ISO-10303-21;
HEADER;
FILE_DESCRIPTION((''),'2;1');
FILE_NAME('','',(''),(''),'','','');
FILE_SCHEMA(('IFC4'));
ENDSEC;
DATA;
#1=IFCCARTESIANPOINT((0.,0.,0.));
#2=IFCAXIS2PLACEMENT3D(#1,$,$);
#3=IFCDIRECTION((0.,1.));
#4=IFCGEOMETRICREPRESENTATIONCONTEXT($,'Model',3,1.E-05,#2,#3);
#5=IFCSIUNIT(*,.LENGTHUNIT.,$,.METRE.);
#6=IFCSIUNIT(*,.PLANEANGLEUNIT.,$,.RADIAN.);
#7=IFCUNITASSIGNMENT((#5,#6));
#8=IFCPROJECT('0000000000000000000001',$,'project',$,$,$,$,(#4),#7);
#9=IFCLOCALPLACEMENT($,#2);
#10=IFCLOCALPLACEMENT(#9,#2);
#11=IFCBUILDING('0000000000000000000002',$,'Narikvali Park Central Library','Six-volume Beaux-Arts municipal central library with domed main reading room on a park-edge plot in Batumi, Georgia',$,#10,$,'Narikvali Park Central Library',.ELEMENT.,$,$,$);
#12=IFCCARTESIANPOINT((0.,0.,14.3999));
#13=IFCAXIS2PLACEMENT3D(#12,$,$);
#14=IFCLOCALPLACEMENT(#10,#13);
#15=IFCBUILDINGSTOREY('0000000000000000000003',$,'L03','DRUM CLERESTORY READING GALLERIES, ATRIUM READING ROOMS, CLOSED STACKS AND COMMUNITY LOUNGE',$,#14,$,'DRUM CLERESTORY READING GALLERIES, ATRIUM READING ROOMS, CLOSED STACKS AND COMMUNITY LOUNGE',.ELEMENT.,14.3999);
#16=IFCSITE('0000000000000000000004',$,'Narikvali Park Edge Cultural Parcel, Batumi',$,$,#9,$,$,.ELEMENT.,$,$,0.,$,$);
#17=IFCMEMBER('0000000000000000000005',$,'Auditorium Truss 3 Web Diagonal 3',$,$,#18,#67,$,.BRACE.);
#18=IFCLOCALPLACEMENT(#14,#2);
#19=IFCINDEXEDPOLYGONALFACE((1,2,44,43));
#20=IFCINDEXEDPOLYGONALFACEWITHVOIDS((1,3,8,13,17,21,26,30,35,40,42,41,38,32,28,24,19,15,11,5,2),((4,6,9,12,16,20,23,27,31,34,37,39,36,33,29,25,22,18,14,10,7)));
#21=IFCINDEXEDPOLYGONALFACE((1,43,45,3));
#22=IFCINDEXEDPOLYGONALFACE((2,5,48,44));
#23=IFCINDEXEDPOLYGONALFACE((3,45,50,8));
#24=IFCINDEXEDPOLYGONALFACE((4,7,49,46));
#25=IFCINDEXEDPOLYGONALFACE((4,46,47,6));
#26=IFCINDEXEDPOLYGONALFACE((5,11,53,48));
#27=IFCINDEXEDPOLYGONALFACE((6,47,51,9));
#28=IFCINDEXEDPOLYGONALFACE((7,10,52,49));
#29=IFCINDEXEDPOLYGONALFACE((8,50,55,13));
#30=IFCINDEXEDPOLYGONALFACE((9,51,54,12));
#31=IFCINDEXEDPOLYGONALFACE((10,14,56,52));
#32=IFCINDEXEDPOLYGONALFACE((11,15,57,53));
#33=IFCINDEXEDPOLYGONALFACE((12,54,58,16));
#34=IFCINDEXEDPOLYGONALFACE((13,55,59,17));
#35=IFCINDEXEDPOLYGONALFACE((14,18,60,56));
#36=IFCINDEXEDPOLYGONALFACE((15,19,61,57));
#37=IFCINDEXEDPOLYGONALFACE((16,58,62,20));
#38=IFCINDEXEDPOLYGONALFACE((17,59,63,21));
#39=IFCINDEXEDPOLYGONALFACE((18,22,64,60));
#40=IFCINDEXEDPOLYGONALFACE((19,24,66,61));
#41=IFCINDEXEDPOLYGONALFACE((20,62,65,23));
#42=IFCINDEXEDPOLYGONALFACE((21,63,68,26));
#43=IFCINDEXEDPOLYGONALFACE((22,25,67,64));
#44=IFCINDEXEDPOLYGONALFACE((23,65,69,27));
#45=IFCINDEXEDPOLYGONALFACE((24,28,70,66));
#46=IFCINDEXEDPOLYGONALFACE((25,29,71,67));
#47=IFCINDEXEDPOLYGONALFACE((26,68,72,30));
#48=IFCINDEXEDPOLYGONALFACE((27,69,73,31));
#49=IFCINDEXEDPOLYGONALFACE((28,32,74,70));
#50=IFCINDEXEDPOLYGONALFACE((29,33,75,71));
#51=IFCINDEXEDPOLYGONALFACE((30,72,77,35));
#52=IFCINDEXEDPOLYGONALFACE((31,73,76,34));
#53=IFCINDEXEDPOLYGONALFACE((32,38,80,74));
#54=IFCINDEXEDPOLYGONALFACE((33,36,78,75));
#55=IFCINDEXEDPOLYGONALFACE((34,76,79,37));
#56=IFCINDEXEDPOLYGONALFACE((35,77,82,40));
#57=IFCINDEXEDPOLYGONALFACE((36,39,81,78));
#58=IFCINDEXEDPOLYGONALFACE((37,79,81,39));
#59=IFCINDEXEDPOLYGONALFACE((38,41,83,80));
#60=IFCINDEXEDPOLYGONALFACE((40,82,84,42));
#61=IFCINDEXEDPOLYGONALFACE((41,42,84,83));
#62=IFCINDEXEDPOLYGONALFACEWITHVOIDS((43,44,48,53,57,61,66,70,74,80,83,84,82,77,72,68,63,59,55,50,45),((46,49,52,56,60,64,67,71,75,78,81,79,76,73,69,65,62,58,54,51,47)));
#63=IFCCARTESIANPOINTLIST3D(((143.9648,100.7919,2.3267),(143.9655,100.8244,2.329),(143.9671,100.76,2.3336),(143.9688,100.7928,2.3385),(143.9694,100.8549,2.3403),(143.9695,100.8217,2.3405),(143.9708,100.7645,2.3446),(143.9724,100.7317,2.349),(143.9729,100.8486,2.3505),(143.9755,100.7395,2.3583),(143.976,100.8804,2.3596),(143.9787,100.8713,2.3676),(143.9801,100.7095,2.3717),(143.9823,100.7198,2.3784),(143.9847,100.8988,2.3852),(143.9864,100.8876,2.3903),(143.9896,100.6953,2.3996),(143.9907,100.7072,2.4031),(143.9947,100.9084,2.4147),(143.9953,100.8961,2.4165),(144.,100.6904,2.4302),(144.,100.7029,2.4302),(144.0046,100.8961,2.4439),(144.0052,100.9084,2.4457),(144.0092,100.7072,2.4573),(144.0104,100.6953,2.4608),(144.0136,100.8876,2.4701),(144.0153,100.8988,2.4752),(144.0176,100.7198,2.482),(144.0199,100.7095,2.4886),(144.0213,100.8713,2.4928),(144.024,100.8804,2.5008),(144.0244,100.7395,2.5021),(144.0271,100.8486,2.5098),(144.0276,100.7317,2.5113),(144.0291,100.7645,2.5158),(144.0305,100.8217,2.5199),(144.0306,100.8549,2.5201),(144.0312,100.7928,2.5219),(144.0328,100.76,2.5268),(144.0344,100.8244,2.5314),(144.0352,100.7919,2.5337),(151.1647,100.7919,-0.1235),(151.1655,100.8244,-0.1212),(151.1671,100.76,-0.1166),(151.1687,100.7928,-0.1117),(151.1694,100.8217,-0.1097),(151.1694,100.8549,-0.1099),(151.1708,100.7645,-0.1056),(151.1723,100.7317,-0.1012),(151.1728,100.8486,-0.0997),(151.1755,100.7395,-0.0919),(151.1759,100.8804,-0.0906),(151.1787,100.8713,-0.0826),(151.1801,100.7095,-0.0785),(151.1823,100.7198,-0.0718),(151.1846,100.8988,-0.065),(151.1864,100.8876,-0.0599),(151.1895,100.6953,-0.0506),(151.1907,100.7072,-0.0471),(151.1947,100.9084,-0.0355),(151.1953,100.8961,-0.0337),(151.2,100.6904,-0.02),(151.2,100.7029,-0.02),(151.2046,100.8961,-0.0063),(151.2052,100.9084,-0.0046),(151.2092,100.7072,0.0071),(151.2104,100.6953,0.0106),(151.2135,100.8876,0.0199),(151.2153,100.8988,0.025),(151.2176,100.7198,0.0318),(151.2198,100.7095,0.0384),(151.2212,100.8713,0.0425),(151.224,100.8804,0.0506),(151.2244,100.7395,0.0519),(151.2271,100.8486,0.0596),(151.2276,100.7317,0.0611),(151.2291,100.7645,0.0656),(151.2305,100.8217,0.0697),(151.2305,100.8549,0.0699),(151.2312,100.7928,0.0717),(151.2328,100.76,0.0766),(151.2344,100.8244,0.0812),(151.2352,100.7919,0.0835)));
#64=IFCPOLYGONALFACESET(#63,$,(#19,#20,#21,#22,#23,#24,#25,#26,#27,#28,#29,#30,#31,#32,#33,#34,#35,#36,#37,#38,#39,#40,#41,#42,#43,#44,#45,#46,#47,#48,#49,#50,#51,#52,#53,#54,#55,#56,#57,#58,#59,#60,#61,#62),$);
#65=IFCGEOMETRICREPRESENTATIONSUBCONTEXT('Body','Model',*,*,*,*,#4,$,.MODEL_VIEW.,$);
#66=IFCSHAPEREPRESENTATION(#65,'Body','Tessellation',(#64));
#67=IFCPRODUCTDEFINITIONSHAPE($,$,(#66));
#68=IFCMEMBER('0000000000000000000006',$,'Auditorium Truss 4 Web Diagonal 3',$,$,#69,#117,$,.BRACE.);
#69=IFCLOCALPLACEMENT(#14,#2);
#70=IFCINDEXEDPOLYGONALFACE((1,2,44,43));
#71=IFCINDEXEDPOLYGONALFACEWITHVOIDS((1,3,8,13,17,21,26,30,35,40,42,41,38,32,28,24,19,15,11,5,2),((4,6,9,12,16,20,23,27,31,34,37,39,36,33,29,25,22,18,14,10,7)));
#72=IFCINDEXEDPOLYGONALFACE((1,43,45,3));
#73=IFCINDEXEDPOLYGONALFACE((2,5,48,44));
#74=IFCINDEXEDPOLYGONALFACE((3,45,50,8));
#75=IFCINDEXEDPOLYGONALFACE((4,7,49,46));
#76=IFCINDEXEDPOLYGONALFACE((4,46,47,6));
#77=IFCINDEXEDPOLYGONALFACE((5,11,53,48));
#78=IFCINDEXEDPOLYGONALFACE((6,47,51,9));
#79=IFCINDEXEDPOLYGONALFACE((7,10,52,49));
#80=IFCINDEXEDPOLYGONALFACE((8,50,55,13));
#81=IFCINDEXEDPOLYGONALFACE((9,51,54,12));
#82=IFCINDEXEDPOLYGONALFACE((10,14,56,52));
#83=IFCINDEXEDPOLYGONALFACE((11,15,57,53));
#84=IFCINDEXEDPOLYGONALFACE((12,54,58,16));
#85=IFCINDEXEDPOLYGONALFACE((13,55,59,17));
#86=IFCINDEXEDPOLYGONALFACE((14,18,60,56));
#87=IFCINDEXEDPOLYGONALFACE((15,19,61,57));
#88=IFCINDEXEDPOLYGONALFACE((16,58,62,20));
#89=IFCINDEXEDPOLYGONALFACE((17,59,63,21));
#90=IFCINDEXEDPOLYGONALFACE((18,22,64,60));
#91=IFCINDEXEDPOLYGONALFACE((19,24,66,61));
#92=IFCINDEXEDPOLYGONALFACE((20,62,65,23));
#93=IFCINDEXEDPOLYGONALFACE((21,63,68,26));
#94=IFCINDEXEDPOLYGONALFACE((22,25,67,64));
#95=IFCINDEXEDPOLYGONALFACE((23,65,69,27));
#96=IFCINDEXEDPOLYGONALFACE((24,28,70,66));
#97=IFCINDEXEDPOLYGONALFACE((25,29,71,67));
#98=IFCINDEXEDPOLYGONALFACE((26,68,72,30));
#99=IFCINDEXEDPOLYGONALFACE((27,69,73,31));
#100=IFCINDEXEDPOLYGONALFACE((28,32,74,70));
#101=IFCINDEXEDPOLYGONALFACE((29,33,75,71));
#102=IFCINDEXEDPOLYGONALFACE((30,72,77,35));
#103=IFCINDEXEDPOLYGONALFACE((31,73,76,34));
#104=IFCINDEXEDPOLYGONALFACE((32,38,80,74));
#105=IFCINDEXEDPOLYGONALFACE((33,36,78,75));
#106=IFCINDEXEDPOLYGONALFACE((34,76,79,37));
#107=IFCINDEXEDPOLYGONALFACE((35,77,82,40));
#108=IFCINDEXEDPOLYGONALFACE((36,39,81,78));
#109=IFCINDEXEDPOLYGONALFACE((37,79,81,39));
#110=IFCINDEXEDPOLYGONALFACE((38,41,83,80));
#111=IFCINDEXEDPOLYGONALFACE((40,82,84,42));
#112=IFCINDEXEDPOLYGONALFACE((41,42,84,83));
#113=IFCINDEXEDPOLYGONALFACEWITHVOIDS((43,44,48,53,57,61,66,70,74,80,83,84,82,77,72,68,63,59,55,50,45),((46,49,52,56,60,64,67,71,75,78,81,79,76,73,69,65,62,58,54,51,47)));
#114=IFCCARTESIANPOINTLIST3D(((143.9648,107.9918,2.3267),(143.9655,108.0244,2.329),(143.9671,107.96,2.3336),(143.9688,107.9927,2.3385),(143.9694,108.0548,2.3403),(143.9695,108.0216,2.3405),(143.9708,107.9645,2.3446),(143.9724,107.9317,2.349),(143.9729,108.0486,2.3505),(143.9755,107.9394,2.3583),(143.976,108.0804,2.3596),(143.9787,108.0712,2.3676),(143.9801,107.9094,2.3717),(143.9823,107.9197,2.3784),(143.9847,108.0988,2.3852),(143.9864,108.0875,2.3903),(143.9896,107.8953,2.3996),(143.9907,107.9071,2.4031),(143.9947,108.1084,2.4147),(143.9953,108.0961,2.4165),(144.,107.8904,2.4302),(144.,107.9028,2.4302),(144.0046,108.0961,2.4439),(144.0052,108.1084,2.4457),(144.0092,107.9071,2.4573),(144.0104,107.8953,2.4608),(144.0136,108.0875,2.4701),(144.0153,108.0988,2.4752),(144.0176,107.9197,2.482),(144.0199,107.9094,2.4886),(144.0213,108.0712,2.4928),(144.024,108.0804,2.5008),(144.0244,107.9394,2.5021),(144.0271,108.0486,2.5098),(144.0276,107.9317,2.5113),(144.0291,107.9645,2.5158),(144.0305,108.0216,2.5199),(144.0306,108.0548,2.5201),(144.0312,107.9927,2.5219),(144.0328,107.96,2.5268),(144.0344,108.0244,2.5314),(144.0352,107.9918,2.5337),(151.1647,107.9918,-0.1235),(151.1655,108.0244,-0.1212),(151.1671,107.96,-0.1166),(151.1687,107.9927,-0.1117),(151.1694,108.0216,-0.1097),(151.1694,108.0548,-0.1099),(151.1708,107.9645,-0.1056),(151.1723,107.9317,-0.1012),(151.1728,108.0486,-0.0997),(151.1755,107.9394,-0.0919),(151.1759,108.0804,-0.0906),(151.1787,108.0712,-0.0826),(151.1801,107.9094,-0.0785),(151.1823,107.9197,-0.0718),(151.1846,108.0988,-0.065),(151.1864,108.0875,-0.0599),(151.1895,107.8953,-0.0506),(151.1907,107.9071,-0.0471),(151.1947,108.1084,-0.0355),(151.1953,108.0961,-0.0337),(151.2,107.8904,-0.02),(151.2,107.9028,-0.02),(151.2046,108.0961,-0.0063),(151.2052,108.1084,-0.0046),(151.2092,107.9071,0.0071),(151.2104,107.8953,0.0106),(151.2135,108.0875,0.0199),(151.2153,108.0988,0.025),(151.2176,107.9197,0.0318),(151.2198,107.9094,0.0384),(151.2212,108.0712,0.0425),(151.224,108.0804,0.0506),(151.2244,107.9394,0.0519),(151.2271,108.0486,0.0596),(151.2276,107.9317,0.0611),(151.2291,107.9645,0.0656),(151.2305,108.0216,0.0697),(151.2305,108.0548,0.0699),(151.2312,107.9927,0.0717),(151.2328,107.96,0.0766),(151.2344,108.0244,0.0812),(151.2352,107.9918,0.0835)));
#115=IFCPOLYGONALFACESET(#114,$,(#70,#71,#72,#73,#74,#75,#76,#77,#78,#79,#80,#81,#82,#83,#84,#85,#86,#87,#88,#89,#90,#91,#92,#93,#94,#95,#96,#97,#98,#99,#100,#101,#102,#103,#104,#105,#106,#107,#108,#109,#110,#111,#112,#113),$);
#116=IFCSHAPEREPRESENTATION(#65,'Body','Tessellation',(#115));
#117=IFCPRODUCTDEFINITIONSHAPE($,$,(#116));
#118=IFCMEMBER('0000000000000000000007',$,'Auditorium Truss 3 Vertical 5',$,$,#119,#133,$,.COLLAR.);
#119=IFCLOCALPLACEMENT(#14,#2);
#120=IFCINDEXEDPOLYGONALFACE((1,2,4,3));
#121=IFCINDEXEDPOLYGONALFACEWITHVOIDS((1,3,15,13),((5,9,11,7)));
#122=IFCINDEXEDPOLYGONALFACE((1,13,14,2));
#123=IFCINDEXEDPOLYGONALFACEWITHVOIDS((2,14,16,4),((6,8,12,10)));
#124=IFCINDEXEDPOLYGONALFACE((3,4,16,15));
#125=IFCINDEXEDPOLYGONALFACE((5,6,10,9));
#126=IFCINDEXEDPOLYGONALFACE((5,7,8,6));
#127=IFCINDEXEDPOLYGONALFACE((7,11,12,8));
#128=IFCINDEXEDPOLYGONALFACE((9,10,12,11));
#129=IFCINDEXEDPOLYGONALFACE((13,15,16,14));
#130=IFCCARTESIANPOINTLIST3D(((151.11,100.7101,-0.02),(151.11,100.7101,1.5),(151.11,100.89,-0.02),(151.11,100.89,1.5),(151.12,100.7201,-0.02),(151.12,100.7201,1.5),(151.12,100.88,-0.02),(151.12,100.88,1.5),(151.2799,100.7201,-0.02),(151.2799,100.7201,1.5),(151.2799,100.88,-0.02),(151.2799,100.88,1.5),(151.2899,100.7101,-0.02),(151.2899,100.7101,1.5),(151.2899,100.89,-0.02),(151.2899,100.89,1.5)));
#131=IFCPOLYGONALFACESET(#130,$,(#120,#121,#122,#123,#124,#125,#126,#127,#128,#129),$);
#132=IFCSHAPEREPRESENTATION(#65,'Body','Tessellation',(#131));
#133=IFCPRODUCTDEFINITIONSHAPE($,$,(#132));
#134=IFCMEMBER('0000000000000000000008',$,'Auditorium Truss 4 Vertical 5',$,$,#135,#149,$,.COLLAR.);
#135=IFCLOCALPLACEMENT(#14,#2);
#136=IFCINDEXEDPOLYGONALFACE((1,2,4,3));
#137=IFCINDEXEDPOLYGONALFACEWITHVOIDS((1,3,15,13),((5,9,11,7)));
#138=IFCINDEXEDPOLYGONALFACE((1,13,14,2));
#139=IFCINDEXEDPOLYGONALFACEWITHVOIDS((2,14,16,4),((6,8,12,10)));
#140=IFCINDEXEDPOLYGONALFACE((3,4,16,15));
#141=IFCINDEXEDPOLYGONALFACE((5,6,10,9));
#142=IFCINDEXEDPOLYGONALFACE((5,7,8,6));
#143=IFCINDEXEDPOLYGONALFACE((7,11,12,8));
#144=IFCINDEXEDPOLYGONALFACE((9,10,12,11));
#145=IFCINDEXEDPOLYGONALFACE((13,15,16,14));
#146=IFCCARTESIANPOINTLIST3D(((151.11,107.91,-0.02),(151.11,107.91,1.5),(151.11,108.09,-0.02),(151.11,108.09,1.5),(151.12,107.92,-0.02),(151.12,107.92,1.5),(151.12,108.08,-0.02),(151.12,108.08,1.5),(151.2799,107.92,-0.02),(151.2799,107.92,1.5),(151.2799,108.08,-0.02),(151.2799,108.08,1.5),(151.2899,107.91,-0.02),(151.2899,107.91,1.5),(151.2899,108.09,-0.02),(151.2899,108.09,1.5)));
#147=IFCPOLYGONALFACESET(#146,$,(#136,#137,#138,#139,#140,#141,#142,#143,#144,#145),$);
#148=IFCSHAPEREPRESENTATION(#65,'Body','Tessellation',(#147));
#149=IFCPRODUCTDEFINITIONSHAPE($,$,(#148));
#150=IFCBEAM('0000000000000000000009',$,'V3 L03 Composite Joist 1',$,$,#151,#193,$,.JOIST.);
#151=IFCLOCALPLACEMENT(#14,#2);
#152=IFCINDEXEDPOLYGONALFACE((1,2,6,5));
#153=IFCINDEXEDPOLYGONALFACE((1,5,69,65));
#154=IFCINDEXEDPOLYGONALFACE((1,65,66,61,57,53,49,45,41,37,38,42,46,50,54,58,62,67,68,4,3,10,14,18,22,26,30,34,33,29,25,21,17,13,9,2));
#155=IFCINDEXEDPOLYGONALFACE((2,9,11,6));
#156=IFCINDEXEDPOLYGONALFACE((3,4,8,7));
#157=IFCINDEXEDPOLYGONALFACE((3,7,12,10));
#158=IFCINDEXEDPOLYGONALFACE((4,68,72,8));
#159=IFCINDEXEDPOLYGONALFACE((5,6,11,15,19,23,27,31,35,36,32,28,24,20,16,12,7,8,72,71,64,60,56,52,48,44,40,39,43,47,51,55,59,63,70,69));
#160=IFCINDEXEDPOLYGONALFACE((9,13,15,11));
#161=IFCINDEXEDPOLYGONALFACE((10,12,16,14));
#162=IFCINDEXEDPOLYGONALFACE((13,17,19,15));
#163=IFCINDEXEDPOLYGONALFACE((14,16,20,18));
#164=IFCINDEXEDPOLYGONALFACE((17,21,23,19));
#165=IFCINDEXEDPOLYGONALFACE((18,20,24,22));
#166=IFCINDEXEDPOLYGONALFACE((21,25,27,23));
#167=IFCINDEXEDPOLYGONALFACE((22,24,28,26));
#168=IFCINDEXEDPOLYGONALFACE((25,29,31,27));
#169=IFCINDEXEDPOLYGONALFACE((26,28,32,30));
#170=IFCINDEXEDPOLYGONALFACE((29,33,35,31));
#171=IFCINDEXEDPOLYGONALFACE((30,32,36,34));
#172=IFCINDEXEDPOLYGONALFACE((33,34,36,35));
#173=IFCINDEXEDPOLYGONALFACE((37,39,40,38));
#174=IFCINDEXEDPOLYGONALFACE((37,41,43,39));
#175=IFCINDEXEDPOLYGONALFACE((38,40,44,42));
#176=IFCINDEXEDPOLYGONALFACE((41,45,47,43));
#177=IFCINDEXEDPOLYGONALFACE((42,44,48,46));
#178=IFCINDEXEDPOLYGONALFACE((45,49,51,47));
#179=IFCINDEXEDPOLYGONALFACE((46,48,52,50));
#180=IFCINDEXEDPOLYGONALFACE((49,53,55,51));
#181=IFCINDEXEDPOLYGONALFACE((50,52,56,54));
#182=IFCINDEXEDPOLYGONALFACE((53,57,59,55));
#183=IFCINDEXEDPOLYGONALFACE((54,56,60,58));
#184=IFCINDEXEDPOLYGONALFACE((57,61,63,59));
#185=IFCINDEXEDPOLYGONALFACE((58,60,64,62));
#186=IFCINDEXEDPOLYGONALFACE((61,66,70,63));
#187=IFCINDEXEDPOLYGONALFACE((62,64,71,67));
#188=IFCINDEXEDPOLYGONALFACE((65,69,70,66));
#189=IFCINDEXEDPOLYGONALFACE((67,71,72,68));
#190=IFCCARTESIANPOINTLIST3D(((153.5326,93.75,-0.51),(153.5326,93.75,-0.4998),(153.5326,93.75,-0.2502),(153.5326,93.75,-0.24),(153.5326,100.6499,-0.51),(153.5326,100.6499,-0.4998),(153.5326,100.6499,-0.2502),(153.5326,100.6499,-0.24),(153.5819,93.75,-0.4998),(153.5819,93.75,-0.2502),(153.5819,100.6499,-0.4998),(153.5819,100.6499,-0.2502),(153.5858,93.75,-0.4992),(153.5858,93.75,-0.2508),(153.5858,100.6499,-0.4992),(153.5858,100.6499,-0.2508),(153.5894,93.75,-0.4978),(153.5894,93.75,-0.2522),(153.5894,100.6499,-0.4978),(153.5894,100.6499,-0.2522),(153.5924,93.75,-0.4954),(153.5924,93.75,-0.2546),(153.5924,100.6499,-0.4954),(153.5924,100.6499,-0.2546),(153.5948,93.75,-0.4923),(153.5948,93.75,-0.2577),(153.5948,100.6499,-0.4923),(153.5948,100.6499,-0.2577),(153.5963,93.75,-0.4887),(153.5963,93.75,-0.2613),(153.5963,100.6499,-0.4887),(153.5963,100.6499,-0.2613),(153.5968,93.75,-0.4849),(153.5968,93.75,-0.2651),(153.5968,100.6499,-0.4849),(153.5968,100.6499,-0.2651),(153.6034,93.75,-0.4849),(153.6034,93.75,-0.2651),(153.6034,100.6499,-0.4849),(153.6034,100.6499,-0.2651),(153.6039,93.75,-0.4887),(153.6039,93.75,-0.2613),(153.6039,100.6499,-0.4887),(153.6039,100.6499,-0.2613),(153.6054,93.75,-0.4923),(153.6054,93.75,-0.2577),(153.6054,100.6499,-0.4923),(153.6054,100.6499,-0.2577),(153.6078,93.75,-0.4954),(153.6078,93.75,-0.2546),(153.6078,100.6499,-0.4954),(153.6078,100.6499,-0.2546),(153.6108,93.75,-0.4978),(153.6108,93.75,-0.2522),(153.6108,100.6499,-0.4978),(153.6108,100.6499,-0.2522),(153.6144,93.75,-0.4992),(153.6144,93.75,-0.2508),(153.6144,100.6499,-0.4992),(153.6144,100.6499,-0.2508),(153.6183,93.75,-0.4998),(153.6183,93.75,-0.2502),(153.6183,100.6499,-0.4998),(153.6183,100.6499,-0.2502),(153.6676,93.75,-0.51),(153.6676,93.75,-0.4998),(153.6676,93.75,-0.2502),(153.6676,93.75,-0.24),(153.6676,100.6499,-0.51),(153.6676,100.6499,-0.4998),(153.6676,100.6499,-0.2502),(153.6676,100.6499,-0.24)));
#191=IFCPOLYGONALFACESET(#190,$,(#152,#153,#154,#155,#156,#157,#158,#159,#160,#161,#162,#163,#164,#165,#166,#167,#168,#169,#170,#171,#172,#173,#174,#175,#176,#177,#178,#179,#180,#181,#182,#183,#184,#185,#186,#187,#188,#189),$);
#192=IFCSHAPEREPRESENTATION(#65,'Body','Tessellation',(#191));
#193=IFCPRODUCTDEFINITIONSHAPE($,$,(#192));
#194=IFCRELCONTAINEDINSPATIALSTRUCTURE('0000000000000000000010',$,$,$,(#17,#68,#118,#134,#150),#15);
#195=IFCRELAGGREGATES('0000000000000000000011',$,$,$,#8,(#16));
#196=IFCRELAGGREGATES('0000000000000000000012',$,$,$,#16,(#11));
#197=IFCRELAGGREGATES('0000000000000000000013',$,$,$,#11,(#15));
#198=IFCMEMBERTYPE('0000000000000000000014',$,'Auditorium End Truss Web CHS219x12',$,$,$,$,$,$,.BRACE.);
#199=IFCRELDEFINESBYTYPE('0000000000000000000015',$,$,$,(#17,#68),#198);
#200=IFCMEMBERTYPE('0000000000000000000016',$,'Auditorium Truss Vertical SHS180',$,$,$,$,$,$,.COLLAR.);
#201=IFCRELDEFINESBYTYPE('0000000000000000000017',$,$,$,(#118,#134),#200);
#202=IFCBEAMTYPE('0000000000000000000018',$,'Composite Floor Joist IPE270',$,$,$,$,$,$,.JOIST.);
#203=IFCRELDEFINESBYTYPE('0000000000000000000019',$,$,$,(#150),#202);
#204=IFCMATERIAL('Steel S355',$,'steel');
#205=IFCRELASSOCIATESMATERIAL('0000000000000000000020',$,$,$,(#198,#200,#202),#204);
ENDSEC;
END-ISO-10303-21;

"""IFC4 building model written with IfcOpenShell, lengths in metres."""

from ifc_helpers import new_model, si_unit, direction, frame, origin, origin_2d, place, context, subcontext, project, spatial, hollow_rectangle, hollow_circle, i_section, extrude, material, material_profile, profile_set, type_object, element, save


model = new_model("IFC4")

# Units and contexts
model_context = context("Model", 3, precision=1e-05, world=origin(), true_north=direction((0.0, 1.0)))
body_context = subcontext(model_context, "Body", "Model", "MODEL_VIEW")
ifc_project = project(units=[si_unit("LENGTHUNIT", "METRE"), si_unit("PLANEANGLEUNIT", "RADIAN")], contexts=[model_context])

# Site, building, storey
site_placement = place(None, origin())
site = spatial("IfcSite", under=ifc_project, at=site_placement, Name="Narikvali Park Edge Cultural Parcel, Batumi", CompositionType="ELEMENT", RefElevation=0.0)
building_placement = place(site_placement, origin())
building = spatial("IfcBuilding", under=site, at=building_placement, Name="Narikvali Park Central Library", Description="Six-volume Beaux-Arts municipal central library with domed main reading room on a park-edge plot in Batumi, Georgia", LongName="Narikvali Park Central Library", CompositionType="ELEMENT")
storey_placement = place(building_placement, frame((0.0, 0.0, 14.3999)))
storey = spatial("IfcBuildingStorey", under=building, at=storey_placement, Name="L03", Description="DRUM CLERESTORY READING GALLERIES, ATRIUM READING ROOMS, CLOSED STACKS AND COMMUNITY LOUNGE", LongName="DRUM CLERESTORY READING GALLERIES, ATRIUM READING ROOMS, CLOSED STACKS AND COMMUNITY LOUNGE", CompositionType="ELEMENT", Elevation=14.3999)

# Members
ifc_material_1 = material(Name="Steel S355", Category="steel")
ifc_material_profile_1 = material_profile(ifc_material_1, hollow_circle(Radius=0.1096, WallThickness=0.0125, at=origin_2d()), Name="CHS 219.1x12.5")
ifc_profile_set_1 = profile_set([ifc_material_profile_1], Name="Steel S355")
member_type_1 = type_object("IfcMemberType", Name="Auditorium End Truss Web CHS219x12", PredefinedType="BRACE", material=ifc_profile_set_1)
for number, where, z_axis, x_axis, name in (
    (1, (151.2, 100.8, -0.02), (-0.946684, 0.0, 0.322163), (0.0, -1.0, 0.0), "Auditorium Truss 3 Web Diagonal 3"),
    (2, (151.2, 108.0, -0.02), (-0.946684, 0.0, 0.322163), (0.0, -1.0, 0.0), "Auditorium Truss 4 Web Diagonal 3"),
):
    element("IfcMember", number, at=place(storey_placement, frame(where, z_axis=z_axis, x_axis=x_axis)), inside=storey, type_object=member_type_1, Name=name, PredefinedType="BRACE", context=body_context, shape_type="SweptSolid", body=[
        extrude(hollow_circle(Radius=0.1096, WallThickness=0.0125, at=origin_2d()), origin(), (0.0, 0.0, 1.0), 7.6055),
    ])
ifc_material_profile_2 = material_profile(ifc_material_1, hollow_rectangle(XDim=0.1799, YDim=0.1799, WallThickness=0.01, at=origin_2d()), Name="SHS 180x180x10")
ifc_profile_set_2 = profile_set([ifc_material_profile_2], Name="Steel S355")
member_type_2 = type_object("IfcMemberType", Name="Auditorium Truss Vertical SHS180", PredefinedType="COLLAR", material=ifc_profile_set_2)
for number, where, z_axis, x_axis, name in (
    (3, (151.2, 100.8, -0.02), (0.0, 0.0, 1.0), (1.0, 0.0, 0.0), "Auditorium Truss 3 Vertical 5"),
    (4, (151.2, 108.0, -0.02), (0.0, 0.0, 1.0), (1.0, 0.0, 0.0), "Auditorium Truss 4 Vertical 5"),
):
    element("IfcMember", number, at=place(storey_placement, frame(where, z_axis=z_axis, x_axis=x_axis)), inside=storey, type_object=member_type_2, Name=name, PredefinedType="COLLAR", context=body_context, shape_type="SweptSolid", body=[
        extrude(hollow_rectangle(XDim=0.1799, YDim=0.1799, WallThickness=0.01, at=origin_2d()), origin(), (0.0, 0.0, 1.0), 1.52),
    ])

# Beam
ifc_material_profile_3 = material_profile(ifc_material_1, i_section(OverallWidth=0.135, OverallDepth=0.27, WebThickness=0.0066, FlangeThickness=0.0103, FilletRadius=0.0149, at=origin_2d()), Name="IPE 270")
ifc_profile_set_3 = profile_set([ifc_material_profile_3], Name="Steel S355")
beam_type_1 = type_object("IfcBeamType", Name="Composite Floor Joist IPE270", PredefinedType="JOIST", material=ifc_profile_set_3)
for number, where, z_axis, x_axis, name in (
    (5, (153.6001, 93.75, -0.375), (0.0, 1.0, 0.0), (-1.0, 0.0, 0.0), "V3 L03 Composite Joist 1"),
):
    element("IfcBeam", number, at=place(storey_placement, frame(where, z_axis=z_axis, x_axis=x_axis)), inside=storey, type_object=beam_type_1, Name=name, PredefinedType="JOIST", context=body_context, shape_type="SweptSolid", body=[
        extrude(i_section(OverallWidth=0.135, OverallDepth=0.27, WebThickness=0.0066, FlangeThickness=0.0103, FilletRadius=0.0149, at=origin_2d()), origin(), (0.0, 0.0, 1.0), 6.8999),
    ])

save(model, "model.ifc")
